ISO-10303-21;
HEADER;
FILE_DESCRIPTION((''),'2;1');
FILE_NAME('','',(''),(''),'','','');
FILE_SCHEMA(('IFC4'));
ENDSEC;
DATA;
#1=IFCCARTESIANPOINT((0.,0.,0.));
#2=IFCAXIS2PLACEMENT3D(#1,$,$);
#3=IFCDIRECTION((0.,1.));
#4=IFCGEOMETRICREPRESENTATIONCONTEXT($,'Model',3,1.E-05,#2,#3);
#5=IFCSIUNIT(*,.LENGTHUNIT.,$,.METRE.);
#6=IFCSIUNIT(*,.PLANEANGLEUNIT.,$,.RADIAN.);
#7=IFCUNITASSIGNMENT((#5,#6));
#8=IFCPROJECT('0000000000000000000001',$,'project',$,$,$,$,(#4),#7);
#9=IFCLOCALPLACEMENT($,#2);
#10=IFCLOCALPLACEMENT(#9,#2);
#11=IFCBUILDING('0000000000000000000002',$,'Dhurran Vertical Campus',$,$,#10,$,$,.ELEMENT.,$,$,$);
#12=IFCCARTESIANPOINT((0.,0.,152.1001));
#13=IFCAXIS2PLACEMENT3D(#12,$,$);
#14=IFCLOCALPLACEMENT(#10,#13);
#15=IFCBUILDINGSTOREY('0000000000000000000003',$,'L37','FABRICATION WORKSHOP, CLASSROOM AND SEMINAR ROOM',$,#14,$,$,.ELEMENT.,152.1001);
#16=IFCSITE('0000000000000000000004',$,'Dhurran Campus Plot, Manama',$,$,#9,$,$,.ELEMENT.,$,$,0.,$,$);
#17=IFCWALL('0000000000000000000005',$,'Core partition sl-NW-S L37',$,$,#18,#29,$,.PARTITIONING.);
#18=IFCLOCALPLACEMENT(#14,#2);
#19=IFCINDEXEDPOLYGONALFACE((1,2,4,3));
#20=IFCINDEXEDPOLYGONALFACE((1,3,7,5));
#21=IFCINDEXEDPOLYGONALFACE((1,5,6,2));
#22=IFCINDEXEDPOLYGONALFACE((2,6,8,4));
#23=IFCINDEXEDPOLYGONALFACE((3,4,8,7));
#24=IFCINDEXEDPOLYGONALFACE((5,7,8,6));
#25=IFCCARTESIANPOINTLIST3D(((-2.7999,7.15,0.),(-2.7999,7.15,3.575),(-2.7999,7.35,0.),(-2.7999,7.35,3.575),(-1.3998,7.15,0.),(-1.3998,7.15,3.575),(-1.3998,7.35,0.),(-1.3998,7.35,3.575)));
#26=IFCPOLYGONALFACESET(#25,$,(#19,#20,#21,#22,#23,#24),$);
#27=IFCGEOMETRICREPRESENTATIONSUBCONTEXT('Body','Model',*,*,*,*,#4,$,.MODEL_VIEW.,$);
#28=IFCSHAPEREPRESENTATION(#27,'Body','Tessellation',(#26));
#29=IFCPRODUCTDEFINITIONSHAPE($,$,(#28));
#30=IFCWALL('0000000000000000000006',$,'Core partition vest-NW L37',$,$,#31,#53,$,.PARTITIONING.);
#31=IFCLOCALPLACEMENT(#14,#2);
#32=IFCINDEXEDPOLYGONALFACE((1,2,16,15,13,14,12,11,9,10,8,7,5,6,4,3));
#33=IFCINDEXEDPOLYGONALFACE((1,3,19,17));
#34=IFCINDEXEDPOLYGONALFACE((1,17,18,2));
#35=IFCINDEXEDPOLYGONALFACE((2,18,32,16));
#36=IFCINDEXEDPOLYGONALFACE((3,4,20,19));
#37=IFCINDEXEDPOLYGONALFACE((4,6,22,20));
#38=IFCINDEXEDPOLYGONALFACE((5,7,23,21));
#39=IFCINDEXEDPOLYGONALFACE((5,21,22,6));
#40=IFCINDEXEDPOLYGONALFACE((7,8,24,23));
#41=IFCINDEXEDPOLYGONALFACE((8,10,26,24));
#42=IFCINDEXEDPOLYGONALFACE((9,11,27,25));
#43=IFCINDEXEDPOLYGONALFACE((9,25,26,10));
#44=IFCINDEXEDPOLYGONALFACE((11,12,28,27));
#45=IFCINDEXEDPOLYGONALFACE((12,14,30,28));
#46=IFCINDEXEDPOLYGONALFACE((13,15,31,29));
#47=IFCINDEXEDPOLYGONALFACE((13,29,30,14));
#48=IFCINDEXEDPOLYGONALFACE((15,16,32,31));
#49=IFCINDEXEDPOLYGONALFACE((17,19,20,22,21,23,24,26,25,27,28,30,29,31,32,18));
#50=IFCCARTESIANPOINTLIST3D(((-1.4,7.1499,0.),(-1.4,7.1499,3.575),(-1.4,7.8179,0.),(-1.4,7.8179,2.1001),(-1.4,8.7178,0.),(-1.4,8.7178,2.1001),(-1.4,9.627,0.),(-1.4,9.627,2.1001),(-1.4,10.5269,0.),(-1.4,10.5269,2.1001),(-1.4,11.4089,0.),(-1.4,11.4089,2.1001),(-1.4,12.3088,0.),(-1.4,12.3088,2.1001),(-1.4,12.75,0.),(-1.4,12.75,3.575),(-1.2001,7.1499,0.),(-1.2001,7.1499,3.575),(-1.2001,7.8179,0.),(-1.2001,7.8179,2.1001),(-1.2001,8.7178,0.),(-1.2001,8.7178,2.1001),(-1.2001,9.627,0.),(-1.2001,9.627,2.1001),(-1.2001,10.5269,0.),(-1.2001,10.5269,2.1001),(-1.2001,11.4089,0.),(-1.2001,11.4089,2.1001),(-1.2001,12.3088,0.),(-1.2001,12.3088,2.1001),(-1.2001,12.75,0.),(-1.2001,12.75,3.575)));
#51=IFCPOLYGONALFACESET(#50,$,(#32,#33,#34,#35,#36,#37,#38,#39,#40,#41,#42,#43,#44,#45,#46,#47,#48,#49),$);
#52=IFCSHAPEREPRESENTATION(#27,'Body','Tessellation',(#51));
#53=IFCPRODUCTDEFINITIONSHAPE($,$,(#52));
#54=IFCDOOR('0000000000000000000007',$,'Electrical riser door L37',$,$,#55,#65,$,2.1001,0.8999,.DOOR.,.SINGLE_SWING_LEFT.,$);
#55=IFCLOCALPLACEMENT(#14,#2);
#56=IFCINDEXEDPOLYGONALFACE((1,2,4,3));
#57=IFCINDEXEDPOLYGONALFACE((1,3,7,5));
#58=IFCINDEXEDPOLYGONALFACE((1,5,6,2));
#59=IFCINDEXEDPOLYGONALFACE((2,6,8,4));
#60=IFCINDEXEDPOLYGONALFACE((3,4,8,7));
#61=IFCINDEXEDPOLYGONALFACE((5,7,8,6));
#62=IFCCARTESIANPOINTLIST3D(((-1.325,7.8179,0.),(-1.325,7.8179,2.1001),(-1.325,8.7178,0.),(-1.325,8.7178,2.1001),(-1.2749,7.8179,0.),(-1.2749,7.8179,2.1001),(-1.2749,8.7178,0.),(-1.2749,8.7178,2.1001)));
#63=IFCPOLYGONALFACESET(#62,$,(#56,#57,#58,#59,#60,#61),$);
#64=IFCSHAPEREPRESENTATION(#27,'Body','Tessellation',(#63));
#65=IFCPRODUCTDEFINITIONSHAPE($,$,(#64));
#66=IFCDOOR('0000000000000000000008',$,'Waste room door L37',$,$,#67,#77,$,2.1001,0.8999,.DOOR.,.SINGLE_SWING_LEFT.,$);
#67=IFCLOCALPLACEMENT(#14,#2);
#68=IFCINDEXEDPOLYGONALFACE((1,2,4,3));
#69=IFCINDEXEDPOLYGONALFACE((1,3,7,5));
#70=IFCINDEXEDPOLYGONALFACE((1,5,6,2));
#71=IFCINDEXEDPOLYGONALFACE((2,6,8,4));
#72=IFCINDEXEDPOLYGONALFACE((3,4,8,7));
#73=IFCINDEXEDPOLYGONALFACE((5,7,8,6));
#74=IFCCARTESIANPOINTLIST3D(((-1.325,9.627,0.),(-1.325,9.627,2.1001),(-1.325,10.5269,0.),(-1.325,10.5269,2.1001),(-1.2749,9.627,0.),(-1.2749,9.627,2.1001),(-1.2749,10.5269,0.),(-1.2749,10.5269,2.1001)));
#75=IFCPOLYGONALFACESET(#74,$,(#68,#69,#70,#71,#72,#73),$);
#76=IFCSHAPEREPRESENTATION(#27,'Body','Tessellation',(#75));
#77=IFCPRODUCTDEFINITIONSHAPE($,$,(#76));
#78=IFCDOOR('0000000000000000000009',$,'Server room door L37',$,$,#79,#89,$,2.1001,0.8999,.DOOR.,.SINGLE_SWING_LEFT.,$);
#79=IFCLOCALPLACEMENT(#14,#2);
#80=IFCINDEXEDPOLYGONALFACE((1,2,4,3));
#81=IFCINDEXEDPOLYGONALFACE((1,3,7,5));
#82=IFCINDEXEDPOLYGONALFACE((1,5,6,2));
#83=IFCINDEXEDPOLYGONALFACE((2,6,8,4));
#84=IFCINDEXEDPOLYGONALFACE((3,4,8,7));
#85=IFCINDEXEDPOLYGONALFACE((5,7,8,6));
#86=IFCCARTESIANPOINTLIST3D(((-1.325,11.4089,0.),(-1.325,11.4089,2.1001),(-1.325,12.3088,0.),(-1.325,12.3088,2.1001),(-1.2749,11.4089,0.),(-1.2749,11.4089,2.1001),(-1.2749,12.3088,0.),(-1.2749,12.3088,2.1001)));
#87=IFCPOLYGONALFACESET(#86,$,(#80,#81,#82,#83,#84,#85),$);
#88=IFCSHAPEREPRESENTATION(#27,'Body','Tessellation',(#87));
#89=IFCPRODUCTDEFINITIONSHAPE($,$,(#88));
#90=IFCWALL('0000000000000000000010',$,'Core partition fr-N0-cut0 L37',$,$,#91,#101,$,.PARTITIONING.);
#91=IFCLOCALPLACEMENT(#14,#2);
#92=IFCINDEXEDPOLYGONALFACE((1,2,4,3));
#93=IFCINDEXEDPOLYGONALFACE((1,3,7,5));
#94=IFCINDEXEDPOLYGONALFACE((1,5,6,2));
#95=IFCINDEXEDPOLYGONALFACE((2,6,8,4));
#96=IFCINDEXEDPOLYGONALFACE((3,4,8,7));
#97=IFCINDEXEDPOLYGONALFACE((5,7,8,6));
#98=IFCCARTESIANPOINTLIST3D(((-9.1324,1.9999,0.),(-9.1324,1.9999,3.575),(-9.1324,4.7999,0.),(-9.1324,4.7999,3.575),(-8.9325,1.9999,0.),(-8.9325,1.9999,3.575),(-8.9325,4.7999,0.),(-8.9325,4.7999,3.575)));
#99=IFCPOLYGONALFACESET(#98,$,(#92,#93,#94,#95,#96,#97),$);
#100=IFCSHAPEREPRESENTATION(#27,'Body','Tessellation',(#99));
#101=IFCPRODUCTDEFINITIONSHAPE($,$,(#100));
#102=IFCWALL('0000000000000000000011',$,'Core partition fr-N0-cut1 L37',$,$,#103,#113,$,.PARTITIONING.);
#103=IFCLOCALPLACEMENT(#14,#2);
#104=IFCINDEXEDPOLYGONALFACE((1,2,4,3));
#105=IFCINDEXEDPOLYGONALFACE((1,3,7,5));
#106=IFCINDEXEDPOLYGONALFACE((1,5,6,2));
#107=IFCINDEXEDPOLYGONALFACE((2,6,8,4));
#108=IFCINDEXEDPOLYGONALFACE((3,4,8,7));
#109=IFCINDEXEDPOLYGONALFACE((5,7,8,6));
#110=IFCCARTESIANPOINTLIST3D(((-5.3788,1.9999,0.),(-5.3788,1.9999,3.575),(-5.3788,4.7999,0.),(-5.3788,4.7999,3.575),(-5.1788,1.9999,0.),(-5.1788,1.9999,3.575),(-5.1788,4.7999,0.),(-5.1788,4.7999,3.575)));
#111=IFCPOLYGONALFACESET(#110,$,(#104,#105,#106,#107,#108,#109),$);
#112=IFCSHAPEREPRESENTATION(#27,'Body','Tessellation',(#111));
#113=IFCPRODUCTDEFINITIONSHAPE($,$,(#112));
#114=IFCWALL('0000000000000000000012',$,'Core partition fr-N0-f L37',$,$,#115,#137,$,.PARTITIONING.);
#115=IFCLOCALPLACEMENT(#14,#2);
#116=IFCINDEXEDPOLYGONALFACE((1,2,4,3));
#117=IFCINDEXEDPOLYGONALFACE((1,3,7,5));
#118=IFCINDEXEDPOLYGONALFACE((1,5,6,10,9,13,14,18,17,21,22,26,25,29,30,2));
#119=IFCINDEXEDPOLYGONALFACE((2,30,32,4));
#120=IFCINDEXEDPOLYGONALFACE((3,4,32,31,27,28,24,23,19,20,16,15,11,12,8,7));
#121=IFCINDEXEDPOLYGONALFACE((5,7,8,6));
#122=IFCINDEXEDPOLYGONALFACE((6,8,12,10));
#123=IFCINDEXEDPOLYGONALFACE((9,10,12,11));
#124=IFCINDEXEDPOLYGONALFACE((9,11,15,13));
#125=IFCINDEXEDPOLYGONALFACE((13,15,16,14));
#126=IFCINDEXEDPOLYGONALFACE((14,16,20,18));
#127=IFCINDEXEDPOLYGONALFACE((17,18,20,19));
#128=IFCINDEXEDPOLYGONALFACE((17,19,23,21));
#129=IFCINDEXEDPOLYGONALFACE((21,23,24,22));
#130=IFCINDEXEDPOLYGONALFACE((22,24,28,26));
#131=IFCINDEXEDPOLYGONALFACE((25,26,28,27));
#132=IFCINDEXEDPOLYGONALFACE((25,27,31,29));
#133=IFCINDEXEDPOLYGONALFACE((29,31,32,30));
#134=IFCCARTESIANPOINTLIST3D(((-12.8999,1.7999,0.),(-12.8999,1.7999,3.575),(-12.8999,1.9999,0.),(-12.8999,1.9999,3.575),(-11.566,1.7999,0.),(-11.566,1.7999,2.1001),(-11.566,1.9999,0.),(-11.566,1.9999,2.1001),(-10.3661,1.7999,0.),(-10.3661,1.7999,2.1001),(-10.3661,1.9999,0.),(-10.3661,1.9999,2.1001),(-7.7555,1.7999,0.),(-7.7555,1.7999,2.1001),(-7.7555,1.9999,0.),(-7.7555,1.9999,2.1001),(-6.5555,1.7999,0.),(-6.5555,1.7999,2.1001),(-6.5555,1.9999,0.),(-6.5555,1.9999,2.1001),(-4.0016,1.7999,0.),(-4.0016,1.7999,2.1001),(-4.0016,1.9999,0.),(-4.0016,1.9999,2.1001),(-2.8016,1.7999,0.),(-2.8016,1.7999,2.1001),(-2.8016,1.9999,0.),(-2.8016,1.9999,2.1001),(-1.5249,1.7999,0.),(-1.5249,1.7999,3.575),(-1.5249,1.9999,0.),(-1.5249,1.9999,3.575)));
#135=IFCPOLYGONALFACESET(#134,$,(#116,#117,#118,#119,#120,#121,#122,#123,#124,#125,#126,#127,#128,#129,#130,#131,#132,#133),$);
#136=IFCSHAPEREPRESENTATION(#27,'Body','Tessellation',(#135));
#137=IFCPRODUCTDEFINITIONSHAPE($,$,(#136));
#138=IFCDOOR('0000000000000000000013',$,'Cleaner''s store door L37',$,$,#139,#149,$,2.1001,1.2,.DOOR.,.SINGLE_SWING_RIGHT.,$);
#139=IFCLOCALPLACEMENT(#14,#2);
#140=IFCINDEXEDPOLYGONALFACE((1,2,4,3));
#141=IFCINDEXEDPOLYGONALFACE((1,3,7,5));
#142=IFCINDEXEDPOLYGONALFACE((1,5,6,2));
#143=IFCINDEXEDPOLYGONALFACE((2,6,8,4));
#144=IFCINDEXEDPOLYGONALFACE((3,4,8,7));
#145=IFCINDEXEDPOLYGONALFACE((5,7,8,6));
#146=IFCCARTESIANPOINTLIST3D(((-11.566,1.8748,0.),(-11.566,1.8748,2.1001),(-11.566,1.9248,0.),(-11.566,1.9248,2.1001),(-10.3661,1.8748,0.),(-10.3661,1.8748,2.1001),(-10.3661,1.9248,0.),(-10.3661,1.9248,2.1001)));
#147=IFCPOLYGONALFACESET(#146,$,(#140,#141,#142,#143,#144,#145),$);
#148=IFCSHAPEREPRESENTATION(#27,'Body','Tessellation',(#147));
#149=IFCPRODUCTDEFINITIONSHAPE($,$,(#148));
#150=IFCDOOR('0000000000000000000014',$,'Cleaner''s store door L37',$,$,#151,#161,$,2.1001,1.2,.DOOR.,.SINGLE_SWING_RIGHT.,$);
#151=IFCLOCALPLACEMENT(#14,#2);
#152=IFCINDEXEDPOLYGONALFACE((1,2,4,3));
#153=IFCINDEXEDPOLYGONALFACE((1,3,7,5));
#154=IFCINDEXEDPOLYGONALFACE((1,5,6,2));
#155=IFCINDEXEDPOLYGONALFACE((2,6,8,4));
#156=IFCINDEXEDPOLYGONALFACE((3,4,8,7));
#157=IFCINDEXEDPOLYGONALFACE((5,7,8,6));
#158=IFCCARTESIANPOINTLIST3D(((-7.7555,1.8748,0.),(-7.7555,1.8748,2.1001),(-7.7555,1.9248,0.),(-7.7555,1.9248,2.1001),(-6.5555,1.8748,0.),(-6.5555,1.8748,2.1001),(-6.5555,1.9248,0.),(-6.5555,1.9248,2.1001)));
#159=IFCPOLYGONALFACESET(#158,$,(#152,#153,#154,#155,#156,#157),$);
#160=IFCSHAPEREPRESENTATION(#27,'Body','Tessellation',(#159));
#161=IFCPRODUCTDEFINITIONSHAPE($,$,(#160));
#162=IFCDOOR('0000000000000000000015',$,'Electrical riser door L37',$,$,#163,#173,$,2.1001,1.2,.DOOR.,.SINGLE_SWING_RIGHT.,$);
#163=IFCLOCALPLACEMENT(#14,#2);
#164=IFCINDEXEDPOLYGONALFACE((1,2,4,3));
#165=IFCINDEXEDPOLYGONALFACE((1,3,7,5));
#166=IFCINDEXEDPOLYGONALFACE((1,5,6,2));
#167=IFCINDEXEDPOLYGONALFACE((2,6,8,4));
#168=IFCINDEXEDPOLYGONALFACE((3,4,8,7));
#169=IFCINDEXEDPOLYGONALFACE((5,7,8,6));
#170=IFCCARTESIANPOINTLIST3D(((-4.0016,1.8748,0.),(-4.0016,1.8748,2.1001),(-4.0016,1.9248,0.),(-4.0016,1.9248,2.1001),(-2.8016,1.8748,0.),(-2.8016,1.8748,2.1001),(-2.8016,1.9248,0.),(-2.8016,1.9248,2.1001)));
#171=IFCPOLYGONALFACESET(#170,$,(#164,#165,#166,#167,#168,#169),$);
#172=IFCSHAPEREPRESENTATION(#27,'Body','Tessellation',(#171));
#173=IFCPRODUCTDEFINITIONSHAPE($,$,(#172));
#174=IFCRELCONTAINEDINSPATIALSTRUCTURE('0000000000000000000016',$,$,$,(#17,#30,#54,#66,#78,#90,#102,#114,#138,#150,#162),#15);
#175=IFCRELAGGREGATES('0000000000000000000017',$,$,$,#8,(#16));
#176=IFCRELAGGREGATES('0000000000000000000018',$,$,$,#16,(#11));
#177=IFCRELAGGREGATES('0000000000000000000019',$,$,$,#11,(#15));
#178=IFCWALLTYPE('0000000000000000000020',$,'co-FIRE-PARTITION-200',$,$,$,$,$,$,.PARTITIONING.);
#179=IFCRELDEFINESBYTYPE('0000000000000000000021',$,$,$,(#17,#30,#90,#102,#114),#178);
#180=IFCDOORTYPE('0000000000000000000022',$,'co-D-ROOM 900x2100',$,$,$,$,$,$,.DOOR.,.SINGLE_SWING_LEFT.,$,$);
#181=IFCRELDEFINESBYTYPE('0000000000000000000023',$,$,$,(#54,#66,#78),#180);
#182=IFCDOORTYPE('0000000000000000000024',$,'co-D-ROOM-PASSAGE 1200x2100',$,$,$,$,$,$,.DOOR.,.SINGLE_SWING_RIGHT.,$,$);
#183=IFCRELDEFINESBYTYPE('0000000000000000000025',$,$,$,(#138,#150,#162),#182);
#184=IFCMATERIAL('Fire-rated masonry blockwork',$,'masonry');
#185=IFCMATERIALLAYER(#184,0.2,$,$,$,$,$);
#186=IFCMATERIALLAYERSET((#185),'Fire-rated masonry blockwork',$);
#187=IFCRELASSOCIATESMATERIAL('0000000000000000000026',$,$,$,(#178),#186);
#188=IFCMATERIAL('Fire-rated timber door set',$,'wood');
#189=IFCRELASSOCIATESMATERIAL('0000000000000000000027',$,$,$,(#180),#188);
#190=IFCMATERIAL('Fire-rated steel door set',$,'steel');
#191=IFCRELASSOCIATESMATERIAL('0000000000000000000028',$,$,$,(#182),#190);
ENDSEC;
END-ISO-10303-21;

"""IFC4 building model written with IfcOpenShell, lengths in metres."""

from ifc_helpers import new_model, si_unit, direction, frame, frame_2d, origin, place, context, subcontext, project, spatial, rectangle, extrude, material, layer, layer_set, type_object, element, fill, save


model = new_model("IFC4")

# Units and contexts
model_context = context("Model", 3, precision=1e-05, world=origin(), true_north=direction((0.0, 1.0)))
body_context = subcontext(model_context, "Body", "Model", "MODEL_VIEW")
ifc_project = project(units=[si_unit("LENGTHUNIT", "METRE"), si_unit("PLANEANGLEUNIT", "RADIAN")], contexts=[model_context])

# Site, building, storey
site_placement = place(None, origin())
site = spatial("IfcSite", under=ifc_project, at=site_placement, Name="Dhurran Campus Plot, Manama", CompositionType="ELEMENT", RefElevation=0.0)
building_placement = place(site_placement, origin())
building = spatial("IfcBuilding", under=site, at=building_placement, Name="Dhurran Vertical Campus", CompositionType="ELEMENT")
storey_placement = place(building_placement, frame((0.0, 0.0, 152.1001)))
storey = spatial("IfcBuildingStorey", under=building, at=storey_placement, Name="L37", Description="FABRICATION WORKSHOP, CLASSROOM AND SEMINAR ROOM", CompositionType="ELEMENT", Elevation=152.1001)

# Wall
ifc_material_1 = material(Name="Fire-rated masonry blockwork", Category="masonry")
ifc_layer_1 = layer(ifc_material_1, 0.2)
ifc_layer_set_1 = layer_set([ifc_layer_1], Name="Fire-rated masonry blockwork")
wall_type_1 = type_object("IfcWallType", Name="co-FIRE-PARTITION-200", PredefinedType="PARTITIONING", material=ifc_layer_set_1)
wall_1_placement = place(storey_placement, frame((-2.8, 7.25, 0.0), z_axis=(0.0, 0.0, 1.0), x_axis=(1.0, 0.0, 0.0)))
element("IfcWall", 1, at=wall_1_placement, inside=storey, type_object=wall_type_1, Name="Core partition sl-NW-S L37", PredefinedType="PARTITIONING", context=body_context, shape_type="SweptSolid", body=[
    extrude(rectangle(XDim=1.4001, YDim=0.2, at=frame_2d((0.7002, 0.0))), origin(), (0.0, 0.0, 1.0), 3.575),
])

# Wall, openings, doors
wall_2_placement = place(storey_placement, frame((-1.3, 7.1499, 0.0), z_axis=(0.0, 0.0, 1.0), x_axis=(0.0, 1.0, 0.0)))
wall_2 = element("IfcWall", 2, at=wall_2_placement, inside=storey, type_object=wall_type_1, Name="Core partition vest-NW L37", PredefinedType="PARTITIONING", context=body_context, shape_type="SweptSolid", body=[
    extrude(rectangle(XDim=5.6001, YDim=0.2, at=frame_2d((2.8, 0.0))), origin(), (0.0, 0.0, 1.0), 3.575),
])
opening_1_placement = place(wall_2_placement, frame((0.668, 0.0, 0.0)))
opening_1 = element("IfcOpeningElement", 3, at=opening_1_placement, cuts=wall_2, PredefinedType="OPENING", context=body_context, shape_type="SweptSolid", body=[
    extrude(rectangle(XDim=0.8999, YDim=2.1001, at=frame_2d((0.45, 1.05))), frame((0.0, 0.1099, 0.0), z_axis=(0.0, -1.0, 0.0), x_axis=(1.0, 0.0, 0.0)), (0.0, 0.0, 1.0), 0.22),
])
opening_2_placement = place(wall_2_placement, frame((2.4771, 0.0, 0.0)))
opening_2 = element("IfcOpeningElement", 4, at=opening_2_placement, cuts=wall_2, PredefinedType="OPENING", context=body_context, shape_type="SweptSolid", body=[
    extrude(rectangle(XDim=0.8999, YDim=2.1001, at=frame_2d((0.45, 1.05))), frame((0.0, 0.1099, 0.0), z_axis=(0.0, -1.0, 0.0), x_axis=(1.0, 0.0, 0.0)), (0.0, 0.0, 1.0), 0.22),
])
opening_3_placement = place(wall_2_placement, frame((4.259, 0.0, 0.0)))
opening_3 = element("IfcOpeningElement", 5, at=opening_3_placement, cuts=wall_2, PredefinedType="OPENING", context=body_context, shape_type="SweptSolid", body=[
    extrude(rectangle(XDim=0.8999, YDim=2.1001, at=frame_2d((0.45, 1.05))), frame((0.0, 0.1099, 0.0), z_axis=(0.0, -1.0, 0.0), x_axis=(1.0, 0.0, 0.0)), (0.0, 0.0, 1.0), 0.22),
])
ifc_material_2 = material(Name="Fire-rated timber door set", Category="wood")
door_type_1 = type_object("IfcDoorType", Name="co-D-ROOM 900x2100", OperationType="SINGLE_SWING_LEFT", PredefinedType="DOOR", material=ifc_material_2)
door_1_placement = place(opening_1_placement, origin())
door_1 = element("IfcDoor", 6, at=door_1_placement, inside=storey, type_object=door_type_1, Name="Electrical riser door L37", OperationType="SINGLE_SWING_LEFT", OverallHeight=2.1001, OverallWidth=0.8999, PredefinedType="DOOR", context=body_context, shape_type="SweptSolid", body=[
    extrude(rectangle(XDim=0.8999, YDim=2.1001, at=frame_2d((0.45, 1.05))), frame((0.0, 0.0249, 0.0), z_axis=(0.0, -1.0, 0.0), x_axis=(1.0, 0.0, 0.0)), (0.0, 0.0, 1.0), 0.05),
])
fill(opening_1, door_1)
door_2_placement = place(opening_2_placement, origin())
door_2 = element("IfcDoor", 7, at=door_2_placement, inside=storey, type_object=door_type_1, Name="Waste room door L37", OperationType="SINGLE_SWING_LEFT", OverallHeight=2.1001, OverallWidth=0.8999, PredefinedType="DOOR", context=body_context, shape_type="SweptSolid", body=[
    extrude(rectangle(XDim=0.8999, YDim=2.1001, at=frame_2d((0.45, 1.05))), frame((0.0, 0.0249, 0.0), z_axis=(0.0, -1.0, 0.0), x_axis=(1.0, 0.0, 0.0)), (0.0, 0.0, 1.0), 0.05),
])
fill(opening_2, door_2)
door_3_placement = place(opening_3_placement, origin())
door_3 = element("IfcDoor", 8, at=door_3_placement, inside=storey, type_object=door_type_1, Name="Server room door L37", OperationType="SINGLE_SWING_LEFT", OverallHeight=2.1001, OverallWidth=0.8999, PredefinedType="DOOR", context=body_context, shape_type="SweptSolid", body=[
    extrude(rectangle(XDim=0.8999, YDim=2.1001, at=frame_2d((0.45, 1.05))), frame((0.0, 0.0249, 0.0), z_axis=(0.0, -1.0, 0.0), x_axis=(1.0, 0.0, 0.0)), (0.0, 0.0, 1.0), 0.05),
])
fill(opening_3, door_3)

# Walls
for number, where, z_axis, x_axis, name in (
    (9, (-9.0325, 2.0, 0.0), (0.0, 0.0, 1.0), (0.0, 1.0, 0.0), "Core partition fr-N0-cut0 L37"),
    (10, (-5.2788, 2.0, 0.0), (0.0, 0.0, 1.0), (0.0, 1.0, 0.0), "Core partition fr-N0-cut1 L37"),
):
    element("IfcWall", number, at=place(storey_placement, frame(where, z_axis=z_axis, x_axis=x_axis)), inside=storey, type_object=wall_type_1, Name=name, PredefinedType="PARTITIONING", context=body_context, shape_type="SweptSolid", body=[
        extrude(rectangle(XDim=2.8, YDim=0.2, at=frame_2d((1.3999, 0.0))), origin(), (0.0, 0.0, 1.0), 3.575),
    ])

# Wall, openings, doors
wall_3_placement = place(storey_placement, frame((-12.8999, 1.8999, 0.0), z_axis=(0.0, 0.0, 1.0), x_axis=(1.0, 0.0, 0.0)))
wall_3 = element("IfcWall", 11, at=wall_3_placement, inside=storey, type_object=wall_type_1, Name="Core partition fr-N0-f L37", PredefinedType="PARTITIONING", context=body_context, shape_type="SweptSolid", body=[
    extrude(rectangle(XDim=11.375, YDim=0.2, at=frame_2d((5.6875, 0.0))), origin(), (0.0, 0.0, 1.0), 3.575),
])
opening_4_placement = place(wall_3_placement, frame((1.3337, 0.0, 0.0)))
opening_4 = element("IfcOpeningElement", 12, at=opening_4_placement, cuts=wall_3, PredefinedType="OPENING", context=body_context, shape_type="SweptSolid", body=[
    extrude(rectangle(XDim=1.2, YDim=2.1001, at=frame_2d((0.6001, 1.05))), frame((0.0, 0.1099, 0.0), z_axis=(0.0, -1.0, 0.0), x_axis=(1.0, 0.0, 0.0)), (0.0, 0.0, 1.0), 0.22),
])
opening_5_placement = place(wall_3_placement, frame((5.1443, 0.0, 0.0)))
opening_5 = element("IfcOpeningElement", 13, at=opening_5_placement, cuts=wall_3, PredefinedType="OPENING", context=body_context, shape_type="SweptSolid", body=[
    extrude(rectangle(XDim=1.2, YDim=2.1001, at=frame_2d((0.6001, 1.05))), frame((0.0, 0.1099, 0.0), z_axis=(0.0, -1.0, 0.0), x_axis=(1.0, 0.0, 0.0)), (0.0, 0.0, 1.0), 0.22),
])
opening_6_placement = place(wall_3_placement, frame((8.8982, 0.0, 0.0)))
opening_6 = element("IfcOpeningElement", 14, at=opening_6_placement, cuts=wall_3, PredefinedType="OPENING", context=body_context, shape_type="SweptSolid", body=[
    extrude(rectangle(XDim=1.2, YDim=2.1001, at=frame_2d((0.6001, 1.05))), frame((0.0, 0.1099, 0.0), z_axis=(0.0, -1.0, 0.0), x_axis=(1.0, 0.0, 0.0)), (0.0, 0.0, 1.0), 0.22),
])
ifc_material_3 = material(Name="Fire-rated steel door set", Category="steel")
door_type_2 = type_object("IfcDoorType", Name="co-D-ROOM-PASSAGE 1200x2100", OperationType="SINGLE_SWING_RIGHT", PredefinedType="DOOR", material=ifc_material_3)
door_4_placement = place(opening_4_placement, origin())
door_4 = element("IfcDoor", 15, at=door_4_placement, inside=storey, type_object=door_type_2, Name="Cleaner's store door L37", OperationType="SINGLE_SWING_RIGHT", OverallHeight=2.1001, OverallWidth=1.2, PredefinedType="DOOR", context=body_context, shape_type="SweptSolid", body=[
    extrude(rectangle(XDim=1.2, YDim=2.1001, at=frame_2d((0.6001, 1.05))), frame((0.0, 0.0249, 0.0), z_axis=(0.0, -1.0, 0.0), x_axis=(1.0, 0.0, 0.0)), (0.0, 0.0, 1.0), 0.05),
])
fill(opening_4, door_4)
door_5_placement = place(opening_5_placement, origin())
door_5 = element("IfcDoor", 16, at=door_5_placement, inside=storey, type_object=door_type_2, Name="Cleaner's store door L37", OperationType="SINGLE_SWING_RIGHT", OverallHeight=2.1001, OverallWidth=1.2, PredefinedType="DOOR", context=body_context, shape_type="SweptSolid", body=[
    extrude(rectangle(XDim=1.2, YDim=2.1001, at=frame_2d((0.6001, 1.05))), frame((0.0, 0.0249, 0.0), z_axis=(0.0, -1.0, 0.0), x_axis=(1.0, 0.0, 0.0)), (0.0, 0.0, 1.0), 0.05),
])
fill(opening_5, door_5)
door_6_placement = place(opening_6_placement, origin())
door_6 = element("IfcDoor", 17, at=door_6_placement, inside=storey, type_object=door_type_2, Name="Electrical riser door L37", OperationType="SINGLE_SWING_RIGHT", OverallHeight=2.1001, OverallWidth=1.2, PredefinedType="DOOR", context=body_context, shape_type="SweptSolid", body=[
    extrude(rectangle(XDim=1.2, YDim=2.1001, at=frame_2d((0.6001, 1.05))), frame((0.0, 0.0249, 0.0), z_axis=(0.0, -1.0, 0.0), x_axis=(1.0, 0.0, 0.0)), (0.0, 0.0, 1.0), 0.05),
])
fill(opening_6, door_6)

save(model, "model.ifc")
